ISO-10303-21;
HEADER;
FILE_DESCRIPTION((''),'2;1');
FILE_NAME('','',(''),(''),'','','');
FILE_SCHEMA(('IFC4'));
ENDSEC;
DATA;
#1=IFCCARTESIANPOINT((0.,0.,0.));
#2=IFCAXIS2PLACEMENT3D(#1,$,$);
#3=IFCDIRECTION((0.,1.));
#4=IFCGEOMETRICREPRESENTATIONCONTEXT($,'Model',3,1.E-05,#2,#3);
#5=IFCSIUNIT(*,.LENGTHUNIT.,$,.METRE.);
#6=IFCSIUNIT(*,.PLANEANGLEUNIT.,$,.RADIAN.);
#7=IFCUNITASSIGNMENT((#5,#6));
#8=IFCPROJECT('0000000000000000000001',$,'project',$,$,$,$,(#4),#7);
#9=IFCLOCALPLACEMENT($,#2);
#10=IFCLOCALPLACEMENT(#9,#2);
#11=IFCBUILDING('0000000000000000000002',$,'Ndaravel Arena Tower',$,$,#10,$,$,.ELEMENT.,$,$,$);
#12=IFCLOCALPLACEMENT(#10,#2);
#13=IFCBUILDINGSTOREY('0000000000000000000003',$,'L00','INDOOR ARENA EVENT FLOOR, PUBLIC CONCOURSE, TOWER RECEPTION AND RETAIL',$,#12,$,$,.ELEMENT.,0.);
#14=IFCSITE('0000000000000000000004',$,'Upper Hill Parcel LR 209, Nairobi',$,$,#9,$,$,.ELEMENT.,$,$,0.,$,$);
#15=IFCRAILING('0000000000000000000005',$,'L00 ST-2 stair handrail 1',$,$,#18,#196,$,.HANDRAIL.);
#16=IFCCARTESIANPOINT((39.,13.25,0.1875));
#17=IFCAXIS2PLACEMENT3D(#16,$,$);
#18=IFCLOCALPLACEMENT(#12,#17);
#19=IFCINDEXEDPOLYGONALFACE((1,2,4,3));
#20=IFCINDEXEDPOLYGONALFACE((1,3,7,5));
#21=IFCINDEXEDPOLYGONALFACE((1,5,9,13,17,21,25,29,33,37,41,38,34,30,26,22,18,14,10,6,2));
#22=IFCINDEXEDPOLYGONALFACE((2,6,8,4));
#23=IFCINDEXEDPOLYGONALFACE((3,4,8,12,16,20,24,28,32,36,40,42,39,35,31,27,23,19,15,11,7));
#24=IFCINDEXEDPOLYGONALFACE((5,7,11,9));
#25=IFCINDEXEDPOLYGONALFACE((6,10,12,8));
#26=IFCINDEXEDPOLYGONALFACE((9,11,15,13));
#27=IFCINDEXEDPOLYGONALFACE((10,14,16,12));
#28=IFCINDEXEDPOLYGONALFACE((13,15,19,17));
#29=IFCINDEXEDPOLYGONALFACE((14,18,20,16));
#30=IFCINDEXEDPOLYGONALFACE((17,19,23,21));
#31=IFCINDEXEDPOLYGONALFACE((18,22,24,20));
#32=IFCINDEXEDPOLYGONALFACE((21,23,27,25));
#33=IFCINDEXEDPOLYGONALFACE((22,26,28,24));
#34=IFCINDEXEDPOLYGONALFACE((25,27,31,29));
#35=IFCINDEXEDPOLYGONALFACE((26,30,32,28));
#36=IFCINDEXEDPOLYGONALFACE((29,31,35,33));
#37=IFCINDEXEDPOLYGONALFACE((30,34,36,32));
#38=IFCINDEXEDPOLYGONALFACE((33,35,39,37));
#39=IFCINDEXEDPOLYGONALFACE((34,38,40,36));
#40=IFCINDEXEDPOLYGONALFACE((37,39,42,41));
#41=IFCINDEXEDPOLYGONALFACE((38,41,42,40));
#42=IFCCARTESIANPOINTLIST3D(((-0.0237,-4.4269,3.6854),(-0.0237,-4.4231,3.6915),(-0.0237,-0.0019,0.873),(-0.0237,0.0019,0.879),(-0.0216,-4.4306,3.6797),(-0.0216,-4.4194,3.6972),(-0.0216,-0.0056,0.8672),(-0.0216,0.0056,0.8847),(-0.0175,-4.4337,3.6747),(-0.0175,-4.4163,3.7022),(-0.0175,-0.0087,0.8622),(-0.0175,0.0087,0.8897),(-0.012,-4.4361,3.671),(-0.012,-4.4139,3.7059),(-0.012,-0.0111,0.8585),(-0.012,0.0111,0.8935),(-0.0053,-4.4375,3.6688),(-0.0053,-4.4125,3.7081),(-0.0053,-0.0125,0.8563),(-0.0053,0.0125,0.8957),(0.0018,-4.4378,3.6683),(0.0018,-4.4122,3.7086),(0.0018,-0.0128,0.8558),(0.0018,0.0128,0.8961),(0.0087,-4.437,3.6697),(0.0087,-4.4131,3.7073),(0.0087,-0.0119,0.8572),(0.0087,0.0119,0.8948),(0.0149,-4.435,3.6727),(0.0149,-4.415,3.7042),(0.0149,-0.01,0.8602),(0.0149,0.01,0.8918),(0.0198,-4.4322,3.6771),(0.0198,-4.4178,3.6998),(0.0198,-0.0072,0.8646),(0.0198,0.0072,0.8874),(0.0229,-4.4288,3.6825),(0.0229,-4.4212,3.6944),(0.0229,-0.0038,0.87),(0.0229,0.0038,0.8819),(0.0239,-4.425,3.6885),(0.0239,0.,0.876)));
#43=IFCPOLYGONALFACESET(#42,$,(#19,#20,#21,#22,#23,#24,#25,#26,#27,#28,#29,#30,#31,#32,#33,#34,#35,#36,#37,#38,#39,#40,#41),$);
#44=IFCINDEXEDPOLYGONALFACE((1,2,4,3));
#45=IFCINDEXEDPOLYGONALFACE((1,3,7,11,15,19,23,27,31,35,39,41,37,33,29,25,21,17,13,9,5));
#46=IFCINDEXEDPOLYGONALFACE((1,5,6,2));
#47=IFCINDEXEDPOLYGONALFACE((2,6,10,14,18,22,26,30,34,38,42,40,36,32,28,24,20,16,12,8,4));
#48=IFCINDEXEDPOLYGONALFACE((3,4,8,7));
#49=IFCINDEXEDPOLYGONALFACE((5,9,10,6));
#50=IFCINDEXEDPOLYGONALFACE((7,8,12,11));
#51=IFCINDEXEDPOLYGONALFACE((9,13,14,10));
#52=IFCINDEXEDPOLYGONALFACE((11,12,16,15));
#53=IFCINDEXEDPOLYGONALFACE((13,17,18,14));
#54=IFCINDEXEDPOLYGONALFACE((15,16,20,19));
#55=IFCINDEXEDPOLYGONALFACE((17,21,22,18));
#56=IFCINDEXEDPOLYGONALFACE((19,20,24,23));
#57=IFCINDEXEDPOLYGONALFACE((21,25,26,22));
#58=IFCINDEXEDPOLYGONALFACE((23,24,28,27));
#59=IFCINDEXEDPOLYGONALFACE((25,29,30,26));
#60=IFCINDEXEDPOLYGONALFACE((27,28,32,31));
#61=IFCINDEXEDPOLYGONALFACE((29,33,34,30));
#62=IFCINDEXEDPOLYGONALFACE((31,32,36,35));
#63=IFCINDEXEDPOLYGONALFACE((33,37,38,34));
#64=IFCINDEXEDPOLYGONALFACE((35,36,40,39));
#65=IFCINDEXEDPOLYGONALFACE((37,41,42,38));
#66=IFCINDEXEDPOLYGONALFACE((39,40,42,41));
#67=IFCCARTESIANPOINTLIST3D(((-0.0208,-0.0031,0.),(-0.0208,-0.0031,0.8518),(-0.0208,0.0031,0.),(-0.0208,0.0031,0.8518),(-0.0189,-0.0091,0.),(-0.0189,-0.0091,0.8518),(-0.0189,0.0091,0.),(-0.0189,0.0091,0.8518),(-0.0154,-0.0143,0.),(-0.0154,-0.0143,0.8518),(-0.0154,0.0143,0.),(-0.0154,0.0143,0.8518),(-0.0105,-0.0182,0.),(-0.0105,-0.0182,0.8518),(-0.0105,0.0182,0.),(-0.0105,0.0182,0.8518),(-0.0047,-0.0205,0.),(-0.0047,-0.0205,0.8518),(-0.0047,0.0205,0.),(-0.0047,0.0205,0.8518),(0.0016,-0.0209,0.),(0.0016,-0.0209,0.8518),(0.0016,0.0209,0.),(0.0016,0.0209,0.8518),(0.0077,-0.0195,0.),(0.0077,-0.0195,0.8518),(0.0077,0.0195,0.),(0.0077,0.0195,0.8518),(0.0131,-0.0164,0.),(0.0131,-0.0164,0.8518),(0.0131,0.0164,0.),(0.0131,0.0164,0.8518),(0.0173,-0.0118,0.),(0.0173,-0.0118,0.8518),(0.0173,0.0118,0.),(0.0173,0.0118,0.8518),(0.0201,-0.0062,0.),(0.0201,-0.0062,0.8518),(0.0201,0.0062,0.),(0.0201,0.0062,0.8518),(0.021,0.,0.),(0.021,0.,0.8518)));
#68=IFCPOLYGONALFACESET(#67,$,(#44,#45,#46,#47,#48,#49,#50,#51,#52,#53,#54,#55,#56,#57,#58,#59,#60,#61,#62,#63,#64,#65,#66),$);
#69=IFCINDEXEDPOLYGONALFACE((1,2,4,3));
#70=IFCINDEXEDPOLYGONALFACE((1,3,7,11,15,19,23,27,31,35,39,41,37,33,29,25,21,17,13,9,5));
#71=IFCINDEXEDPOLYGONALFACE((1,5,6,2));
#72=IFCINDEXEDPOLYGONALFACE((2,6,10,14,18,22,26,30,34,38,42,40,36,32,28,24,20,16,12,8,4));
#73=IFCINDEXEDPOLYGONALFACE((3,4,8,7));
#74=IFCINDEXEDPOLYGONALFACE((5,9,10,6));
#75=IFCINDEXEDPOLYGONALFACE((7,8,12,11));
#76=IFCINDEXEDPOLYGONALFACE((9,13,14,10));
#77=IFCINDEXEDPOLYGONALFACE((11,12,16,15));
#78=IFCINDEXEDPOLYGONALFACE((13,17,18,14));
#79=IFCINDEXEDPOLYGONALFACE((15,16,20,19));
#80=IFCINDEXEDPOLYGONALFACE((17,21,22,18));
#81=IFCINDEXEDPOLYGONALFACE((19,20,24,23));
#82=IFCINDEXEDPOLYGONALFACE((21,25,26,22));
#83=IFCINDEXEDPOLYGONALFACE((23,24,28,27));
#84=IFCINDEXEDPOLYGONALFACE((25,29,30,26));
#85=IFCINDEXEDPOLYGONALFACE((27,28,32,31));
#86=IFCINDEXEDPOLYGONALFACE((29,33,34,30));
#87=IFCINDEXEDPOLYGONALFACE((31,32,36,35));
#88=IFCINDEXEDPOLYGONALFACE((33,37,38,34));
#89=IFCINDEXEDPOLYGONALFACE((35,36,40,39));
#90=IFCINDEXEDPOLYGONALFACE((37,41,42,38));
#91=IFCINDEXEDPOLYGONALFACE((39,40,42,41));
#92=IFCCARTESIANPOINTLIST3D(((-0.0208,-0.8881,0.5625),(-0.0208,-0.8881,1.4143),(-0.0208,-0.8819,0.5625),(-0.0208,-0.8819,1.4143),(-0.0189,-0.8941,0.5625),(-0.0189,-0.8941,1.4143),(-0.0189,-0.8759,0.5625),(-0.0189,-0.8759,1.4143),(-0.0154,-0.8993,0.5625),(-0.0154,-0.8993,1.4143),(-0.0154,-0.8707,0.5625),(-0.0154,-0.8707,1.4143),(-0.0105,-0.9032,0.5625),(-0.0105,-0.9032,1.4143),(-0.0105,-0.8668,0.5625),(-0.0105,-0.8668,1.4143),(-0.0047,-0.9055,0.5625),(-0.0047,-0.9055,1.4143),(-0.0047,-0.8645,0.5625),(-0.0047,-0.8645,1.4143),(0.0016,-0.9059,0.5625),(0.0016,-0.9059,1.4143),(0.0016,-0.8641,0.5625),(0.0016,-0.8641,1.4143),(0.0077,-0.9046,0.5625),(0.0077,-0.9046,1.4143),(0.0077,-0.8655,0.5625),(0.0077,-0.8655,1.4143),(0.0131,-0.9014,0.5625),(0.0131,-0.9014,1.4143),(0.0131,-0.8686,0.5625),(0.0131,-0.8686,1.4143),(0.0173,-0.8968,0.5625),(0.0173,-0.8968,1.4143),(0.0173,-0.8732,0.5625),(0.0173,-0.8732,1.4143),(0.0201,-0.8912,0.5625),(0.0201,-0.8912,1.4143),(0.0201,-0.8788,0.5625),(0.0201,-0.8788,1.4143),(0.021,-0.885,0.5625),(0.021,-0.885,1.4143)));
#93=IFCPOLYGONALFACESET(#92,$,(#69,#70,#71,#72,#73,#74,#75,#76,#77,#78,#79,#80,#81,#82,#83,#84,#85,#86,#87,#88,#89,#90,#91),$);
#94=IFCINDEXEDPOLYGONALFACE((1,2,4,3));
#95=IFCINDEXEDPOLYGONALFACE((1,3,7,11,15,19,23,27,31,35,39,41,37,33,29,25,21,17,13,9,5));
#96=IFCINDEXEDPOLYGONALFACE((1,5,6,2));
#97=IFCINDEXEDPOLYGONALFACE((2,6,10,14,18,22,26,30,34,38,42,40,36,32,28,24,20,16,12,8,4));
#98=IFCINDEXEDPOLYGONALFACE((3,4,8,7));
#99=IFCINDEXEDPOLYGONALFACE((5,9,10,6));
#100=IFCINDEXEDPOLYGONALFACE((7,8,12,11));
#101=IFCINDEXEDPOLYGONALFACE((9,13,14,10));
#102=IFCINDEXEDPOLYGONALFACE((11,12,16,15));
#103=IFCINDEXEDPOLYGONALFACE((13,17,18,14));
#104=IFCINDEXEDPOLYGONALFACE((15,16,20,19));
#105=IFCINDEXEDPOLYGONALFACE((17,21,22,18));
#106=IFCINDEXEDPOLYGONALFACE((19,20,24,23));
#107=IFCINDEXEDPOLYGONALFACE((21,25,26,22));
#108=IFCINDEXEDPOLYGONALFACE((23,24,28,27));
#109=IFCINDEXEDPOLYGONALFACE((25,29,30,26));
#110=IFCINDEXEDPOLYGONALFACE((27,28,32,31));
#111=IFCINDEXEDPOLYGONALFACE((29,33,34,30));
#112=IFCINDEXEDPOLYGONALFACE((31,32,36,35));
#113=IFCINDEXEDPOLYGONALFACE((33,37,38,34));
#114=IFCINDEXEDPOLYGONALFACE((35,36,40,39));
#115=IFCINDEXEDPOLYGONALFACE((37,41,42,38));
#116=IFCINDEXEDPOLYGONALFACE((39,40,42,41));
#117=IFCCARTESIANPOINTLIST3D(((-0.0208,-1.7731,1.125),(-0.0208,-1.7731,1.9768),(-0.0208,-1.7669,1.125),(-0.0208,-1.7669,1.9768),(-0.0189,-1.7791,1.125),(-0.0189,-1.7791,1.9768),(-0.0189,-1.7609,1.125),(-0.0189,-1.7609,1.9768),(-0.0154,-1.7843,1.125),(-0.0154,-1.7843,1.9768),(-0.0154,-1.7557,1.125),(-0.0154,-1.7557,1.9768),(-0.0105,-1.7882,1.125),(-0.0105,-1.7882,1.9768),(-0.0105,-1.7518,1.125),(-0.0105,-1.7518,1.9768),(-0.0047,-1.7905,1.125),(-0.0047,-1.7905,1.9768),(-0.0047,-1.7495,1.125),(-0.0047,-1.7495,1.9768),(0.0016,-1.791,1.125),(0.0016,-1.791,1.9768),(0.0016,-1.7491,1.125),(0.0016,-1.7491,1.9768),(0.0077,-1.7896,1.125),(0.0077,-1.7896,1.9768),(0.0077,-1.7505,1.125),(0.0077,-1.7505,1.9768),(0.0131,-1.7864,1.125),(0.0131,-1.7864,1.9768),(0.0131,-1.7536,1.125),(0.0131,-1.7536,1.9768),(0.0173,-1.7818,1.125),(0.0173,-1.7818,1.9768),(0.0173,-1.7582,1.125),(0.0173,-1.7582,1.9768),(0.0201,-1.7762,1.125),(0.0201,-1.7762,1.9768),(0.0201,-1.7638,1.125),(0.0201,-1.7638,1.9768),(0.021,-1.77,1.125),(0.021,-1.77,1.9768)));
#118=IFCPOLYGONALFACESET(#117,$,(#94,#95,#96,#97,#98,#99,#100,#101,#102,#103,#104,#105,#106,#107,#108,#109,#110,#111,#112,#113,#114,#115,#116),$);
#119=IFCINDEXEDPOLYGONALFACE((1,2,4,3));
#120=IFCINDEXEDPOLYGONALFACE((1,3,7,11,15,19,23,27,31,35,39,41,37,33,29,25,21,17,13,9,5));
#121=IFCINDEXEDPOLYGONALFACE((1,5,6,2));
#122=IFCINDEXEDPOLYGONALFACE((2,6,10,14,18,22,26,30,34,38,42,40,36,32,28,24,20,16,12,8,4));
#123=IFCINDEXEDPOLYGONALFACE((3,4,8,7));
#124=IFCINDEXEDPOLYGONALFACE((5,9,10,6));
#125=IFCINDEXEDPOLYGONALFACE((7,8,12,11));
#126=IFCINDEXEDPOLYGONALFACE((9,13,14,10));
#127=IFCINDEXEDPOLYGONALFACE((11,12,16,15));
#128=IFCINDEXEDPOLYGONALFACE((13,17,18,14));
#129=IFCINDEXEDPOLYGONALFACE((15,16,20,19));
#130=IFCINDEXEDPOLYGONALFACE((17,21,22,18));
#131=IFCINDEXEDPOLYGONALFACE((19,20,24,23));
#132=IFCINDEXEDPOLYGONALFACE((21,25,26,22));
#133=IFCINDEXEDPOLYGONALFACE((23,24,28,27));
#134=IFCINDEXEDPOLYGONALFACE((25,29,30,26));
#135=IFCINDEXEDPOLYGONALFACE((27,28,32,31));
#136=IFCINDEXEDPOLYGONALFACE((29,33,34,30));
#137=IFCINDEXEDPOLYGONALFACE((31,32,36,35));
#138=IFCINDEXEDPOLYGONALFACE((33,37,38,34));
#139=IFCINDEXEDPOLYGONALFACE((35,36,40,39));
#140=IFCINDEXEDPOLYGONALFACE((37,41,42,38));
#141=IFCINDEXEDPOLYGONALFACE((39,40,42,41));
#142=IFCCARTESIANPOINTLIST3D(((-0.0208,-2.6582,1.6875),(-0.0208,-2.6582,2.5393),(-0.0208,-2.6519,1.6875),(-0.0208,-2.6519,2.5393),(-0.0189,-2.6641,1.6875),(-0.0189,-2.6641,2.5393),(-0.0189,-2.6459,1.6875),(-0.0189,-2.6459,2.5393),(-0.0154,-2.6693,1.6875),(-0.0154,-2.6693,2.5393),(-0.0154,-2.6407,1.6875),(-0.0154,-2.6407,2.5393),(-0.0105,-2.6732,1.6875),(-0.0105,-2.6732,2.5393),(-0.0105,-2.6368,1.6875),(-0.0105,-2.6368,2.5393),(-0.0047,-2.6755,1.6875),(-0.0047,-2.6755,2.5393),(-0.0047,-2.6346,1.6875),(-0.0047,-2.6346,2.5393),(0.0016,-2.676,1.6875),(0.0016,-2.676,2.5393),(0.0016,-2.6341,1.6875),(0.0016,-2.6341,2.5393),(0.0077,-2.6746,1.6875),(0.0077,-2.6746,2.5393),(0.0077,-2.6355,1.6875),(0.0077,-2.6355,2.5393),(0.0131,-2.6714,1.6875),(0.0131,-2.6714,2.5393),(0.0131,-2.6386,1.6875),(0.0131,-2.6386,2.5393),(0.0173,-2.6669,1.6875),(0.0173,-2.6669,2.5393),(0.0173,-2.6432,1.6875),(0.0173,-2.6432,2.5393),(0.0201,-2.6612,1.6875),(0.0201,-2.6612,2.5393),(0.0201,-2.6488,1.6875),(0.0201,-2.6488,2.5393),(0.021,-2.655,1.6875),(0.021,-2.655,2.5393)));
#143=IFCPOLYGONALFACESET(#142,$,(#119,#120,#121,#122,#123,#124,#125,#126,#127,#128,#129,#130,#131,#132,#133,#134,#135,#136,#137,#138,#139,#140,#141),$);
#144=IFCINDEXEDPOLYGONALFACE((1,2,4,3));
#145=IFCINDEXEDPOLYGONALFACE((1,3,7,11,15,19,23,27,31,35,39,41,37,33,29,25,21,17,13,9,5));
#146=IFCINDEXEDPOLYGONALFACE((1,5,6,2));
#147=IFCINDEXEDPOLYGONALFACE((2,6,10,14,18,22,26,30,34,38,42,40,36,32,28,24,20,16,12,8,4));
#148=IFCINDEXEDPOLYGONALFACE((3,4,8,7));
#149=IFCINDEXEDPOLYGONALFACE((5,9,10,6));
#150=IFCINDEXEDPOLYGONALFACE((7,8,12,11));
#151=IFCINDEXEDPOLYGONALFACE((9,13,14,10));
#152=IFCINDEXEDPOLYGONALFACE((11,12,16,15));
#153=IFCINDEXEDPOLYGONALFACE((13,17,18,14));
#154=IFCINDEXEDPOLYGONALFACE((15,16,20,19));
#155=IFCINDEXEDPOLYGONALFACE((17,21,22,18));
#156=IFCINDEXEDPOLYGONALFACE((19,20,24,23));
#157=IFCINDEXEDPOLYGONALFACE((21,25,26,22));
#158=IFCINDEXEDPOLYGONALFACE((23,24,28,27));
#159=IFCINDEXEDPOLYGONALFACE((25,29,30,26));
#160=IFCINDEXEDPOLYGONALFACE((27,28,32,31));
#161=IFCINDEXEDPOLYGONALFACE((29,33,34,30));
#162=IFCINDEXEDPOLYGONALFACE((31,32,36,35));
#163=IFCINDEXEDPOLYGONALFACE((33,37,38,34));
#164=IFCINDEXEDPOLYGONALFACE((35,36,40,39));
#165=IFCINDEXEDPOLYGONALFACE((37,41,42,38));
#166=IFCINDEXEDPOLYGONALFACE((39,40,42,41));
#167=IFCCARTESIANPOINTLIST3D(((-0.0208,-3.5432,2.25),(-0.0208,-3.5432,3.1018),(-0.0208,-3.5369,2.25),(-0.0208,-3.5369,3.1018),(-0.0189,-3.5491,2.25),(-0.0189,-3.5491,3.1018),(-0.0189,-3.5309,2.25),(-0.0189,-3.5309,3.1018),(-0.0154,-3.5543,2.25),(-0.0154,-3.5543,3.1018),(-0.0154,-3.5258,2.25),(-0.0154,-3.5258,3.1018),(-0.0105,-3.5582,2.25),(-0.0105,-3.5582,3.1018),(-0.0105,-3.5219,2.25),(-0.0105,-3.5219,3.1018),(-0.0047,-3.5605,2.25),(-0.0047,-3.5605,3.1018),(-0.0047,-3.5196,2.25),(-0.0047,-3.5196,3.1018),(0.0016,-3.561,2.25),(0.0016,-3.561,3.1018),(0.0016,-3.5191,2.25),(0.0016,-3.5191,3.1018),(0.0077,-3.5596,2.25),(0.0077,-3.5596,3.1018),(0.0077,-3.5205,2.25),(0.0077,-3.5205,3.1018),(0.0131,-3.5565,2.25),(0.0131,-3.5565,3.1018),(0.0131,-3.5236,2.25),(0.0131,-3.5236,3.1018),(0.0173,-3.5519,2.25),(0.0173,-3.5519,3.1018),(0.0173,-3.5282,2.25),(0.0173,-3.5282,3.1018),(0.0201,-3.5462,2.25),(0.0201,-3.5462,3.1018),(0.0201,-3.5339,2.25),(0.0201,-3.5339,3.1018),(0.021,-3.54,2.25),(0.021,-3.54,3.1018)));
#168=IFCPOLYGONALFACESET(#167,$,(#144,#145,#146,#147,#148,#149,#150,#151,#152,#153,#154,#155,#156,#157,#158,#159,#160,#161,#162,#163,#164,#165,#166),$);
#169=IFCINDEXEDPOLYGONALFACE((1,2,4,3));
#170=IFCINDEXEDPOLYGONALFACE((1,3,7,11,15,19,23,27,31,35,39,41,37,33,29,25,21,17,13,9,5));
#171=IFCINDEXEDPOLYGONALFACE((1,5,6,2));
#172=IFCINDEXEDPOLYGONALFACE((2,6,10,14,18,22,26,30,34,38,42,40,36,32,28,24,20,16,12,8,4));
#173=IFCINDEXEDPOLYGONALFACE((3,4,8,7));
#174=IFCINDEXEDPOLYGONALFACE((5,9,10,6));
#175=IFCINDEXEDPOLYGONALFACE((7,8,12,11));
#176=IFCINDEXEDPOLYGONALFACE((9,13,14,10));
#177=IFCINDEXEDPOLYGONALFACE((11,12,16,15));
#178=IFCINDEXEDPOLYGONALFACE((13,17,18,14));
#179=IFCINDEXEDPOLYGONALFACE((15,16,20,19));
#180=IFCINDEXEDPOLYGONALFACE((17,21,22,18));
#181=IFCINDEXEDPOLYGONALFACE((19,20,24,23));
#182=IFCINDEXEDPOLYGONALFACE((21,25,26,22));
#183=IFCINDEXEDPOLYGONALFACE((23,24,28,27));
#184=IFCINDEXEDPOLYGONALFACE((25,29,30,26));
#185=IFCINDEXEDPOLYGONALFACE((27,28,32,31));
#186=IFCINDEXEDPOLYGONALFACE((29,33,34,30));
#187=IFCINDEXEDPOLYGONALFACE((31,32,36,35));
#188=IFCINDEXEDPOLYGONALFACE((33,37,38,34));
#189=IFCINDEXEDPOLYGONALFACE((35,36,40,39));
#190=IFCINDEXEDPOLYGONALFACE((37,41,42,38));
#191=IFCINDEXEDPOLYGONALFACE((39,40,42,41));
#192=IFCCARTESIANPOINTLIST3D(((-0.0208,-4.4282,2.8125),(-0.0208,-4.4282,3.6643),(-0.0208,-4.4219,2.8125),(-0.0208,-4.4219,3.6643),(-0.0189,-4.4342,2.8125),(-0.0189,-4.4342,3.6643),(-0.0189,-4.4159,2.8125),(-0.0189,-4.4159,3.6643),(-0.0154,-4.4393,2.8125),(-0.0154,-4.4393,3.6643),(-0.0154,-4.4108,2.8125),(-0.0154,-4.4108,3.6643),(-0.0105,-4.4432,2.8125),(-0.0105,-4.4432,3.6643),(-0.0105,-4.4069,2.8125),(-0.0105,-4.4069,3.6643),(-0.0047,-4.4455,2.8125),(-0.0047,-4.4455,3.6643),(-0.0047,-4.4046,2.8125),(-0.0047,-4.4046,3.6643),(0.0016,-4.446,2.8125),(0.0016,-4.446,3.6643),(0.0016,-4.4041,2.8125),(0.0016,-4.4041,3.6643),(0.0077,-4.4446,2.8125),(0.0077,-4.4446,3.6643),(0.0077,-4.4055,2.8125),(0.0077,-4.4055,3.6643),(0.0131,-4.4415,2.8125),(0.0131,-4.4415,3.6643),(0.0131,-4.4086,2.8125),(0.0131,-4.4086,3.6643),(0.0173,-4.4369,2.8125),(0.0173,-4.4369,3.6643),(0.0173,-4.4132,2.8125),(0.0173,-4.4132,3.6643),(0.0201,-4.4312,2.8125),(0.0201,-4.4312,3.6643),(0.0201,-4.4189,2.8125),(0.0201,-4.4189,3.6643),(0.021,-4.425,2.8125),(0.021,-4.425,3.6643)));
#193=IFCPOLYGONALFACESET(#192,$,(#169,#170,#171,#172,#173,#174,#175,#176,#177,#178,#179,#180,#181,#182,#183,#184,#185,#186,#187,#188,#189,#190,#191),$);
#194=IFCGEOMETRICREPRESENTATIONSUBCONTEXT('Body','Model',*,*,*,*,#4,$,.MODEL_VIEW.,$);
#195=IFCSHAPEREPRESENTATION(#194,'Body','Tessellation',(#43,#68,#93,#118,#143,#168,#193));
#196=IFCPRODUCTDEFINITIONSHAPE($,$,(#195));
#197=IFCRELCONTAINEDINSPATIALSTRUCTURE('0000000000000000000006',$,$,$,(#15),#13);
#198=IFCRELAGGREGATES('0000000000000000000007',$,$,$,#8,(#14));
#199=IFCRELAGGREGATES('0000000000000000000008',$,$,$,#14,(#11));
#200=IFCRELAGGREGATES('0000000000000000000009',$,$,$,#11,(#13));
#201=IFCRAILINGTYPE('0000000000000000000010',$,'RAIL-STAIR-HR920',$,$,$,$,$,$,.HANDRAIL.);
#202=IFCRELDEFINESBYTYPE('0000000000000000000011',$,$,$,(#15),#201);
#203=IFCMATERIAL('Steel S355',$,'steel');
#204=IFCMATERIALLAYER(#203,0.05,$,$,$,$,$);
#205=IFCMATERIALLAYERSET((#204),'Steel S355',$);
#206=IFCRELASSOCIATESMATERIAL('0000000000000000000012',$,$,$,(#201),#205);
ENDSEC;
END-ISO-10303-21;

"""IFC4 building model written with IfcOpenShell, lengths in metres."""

from ifc_helpers import new_model, si_unit, direction, frame, origin, origin_2d, place, context, subcontext, project, spatial, circle, extrude, material, layer, layer_set, type_object, element, save


model = new_model("IFC4")

# Units and contexts
model_context = context("Model", 3, precision=1e-05, world=origin(), true_north=direction((0.0, 1.0)))
body_context = subcontext(model_context, "Body", "Model", "MODEL_VIEW")
ifc_project = project(units=[si_unit("LENGTHUNIT", "METRE"), si_unit("PLANEANGLEUNIT", "RADIAN")], contexts=[model_context])

# Site, building, storey
site_placement = place(None, origin())
site = spatial("IfcSite", under=ifc_project, at=site_placement, Name="Upper Hill Parcel LR 209, Nairobi", CompositionType="ELEMENT", RefElevation=0.0)
building_placement = place(site_placement, origin())
building = spatial("IfcBuilding", under=site, at=building_placement, Name="Ndaravel Arena Tower", CompositionType="ELEMENT")
storey_placement = place(building_placement, origin())
storey = spatial("IfcBuildingStorey", under=building, at=storey_placement, Name="L00", Description="INDOOR ARENA EVENT FLOOR, PUBLIC CONCOURSE, TOWER RECEPTION AND RETAIL", CompositionType="ELEMENT", Elevation=0.0)

# Railing
ifc_material_1 = material(Name="Steel S355", Category="steel")
ifc_layer_1 = layer(ifc_material_1, 0.05)
ifc_layer_set_1 = layer_set([ifc_layer_1], Name="Steel S355")
railing_type_1 = type_object("IfcRailingType", Name="RAIL-STAIR-HR920", PredefinedType="HANDRAIL", material=ifc_layer_set_1)
railing_1_placement = place(storey_placement, frame((39.0, 13.25, 0.1875)))
element("IfcRailing", 1, at=railing_1_placement, inside=storey, type_object=railing_type_1, Name="L00 ST-2 stair handrail 1", PredefinedType="HANDRAIL", context=body_context, shape_type="SweptSolid", body=[
    extrude(circle(Radius=0.0239, at=origin_2d()), frame((0.0, 0.0, 0.876), z_axis=(0.0, -0.843959, 0.536408), x_axis=(1.0, 0.0, 0.0)), (0.0, 0.0, 1.0), 5.2432),
    extrude(circle(Radius=0.021, at=origin_2d()), origin(), (0.0, 0.0, 1.0), 0.8518),
    extrude(circle(Radius=0.021, at=origin_2d()), frame((0.0, -0.885, 0.5625)), (0.0, 0.0, 1.0), 0.8518),
    extrude(circle(Radius=0.021, at=origin_2d()), frame((0.0, -1.77, 1.125)), (0.0, 0.0, 1.0), 0.8518),
    extrude(circle(Radius=0.021, at=origin_2d()), frame((0.0, -2.655, 1.6875)), (0.0, 0.0, 1.0), 0.8518),
    extrude(circle(Radius=0.021, at=origin_2d()), frame((0.0, -3.54, 2.25)), (0.0, 0.0, 1.0), 0.8518),
    extrude(circle(Radius=0.021, at=origin_2d()), frame((0.0, -4.425, 2.8125)), (0.0, 0.0, 1.0), 0.8518),
])

save(model, "model.ifc")
